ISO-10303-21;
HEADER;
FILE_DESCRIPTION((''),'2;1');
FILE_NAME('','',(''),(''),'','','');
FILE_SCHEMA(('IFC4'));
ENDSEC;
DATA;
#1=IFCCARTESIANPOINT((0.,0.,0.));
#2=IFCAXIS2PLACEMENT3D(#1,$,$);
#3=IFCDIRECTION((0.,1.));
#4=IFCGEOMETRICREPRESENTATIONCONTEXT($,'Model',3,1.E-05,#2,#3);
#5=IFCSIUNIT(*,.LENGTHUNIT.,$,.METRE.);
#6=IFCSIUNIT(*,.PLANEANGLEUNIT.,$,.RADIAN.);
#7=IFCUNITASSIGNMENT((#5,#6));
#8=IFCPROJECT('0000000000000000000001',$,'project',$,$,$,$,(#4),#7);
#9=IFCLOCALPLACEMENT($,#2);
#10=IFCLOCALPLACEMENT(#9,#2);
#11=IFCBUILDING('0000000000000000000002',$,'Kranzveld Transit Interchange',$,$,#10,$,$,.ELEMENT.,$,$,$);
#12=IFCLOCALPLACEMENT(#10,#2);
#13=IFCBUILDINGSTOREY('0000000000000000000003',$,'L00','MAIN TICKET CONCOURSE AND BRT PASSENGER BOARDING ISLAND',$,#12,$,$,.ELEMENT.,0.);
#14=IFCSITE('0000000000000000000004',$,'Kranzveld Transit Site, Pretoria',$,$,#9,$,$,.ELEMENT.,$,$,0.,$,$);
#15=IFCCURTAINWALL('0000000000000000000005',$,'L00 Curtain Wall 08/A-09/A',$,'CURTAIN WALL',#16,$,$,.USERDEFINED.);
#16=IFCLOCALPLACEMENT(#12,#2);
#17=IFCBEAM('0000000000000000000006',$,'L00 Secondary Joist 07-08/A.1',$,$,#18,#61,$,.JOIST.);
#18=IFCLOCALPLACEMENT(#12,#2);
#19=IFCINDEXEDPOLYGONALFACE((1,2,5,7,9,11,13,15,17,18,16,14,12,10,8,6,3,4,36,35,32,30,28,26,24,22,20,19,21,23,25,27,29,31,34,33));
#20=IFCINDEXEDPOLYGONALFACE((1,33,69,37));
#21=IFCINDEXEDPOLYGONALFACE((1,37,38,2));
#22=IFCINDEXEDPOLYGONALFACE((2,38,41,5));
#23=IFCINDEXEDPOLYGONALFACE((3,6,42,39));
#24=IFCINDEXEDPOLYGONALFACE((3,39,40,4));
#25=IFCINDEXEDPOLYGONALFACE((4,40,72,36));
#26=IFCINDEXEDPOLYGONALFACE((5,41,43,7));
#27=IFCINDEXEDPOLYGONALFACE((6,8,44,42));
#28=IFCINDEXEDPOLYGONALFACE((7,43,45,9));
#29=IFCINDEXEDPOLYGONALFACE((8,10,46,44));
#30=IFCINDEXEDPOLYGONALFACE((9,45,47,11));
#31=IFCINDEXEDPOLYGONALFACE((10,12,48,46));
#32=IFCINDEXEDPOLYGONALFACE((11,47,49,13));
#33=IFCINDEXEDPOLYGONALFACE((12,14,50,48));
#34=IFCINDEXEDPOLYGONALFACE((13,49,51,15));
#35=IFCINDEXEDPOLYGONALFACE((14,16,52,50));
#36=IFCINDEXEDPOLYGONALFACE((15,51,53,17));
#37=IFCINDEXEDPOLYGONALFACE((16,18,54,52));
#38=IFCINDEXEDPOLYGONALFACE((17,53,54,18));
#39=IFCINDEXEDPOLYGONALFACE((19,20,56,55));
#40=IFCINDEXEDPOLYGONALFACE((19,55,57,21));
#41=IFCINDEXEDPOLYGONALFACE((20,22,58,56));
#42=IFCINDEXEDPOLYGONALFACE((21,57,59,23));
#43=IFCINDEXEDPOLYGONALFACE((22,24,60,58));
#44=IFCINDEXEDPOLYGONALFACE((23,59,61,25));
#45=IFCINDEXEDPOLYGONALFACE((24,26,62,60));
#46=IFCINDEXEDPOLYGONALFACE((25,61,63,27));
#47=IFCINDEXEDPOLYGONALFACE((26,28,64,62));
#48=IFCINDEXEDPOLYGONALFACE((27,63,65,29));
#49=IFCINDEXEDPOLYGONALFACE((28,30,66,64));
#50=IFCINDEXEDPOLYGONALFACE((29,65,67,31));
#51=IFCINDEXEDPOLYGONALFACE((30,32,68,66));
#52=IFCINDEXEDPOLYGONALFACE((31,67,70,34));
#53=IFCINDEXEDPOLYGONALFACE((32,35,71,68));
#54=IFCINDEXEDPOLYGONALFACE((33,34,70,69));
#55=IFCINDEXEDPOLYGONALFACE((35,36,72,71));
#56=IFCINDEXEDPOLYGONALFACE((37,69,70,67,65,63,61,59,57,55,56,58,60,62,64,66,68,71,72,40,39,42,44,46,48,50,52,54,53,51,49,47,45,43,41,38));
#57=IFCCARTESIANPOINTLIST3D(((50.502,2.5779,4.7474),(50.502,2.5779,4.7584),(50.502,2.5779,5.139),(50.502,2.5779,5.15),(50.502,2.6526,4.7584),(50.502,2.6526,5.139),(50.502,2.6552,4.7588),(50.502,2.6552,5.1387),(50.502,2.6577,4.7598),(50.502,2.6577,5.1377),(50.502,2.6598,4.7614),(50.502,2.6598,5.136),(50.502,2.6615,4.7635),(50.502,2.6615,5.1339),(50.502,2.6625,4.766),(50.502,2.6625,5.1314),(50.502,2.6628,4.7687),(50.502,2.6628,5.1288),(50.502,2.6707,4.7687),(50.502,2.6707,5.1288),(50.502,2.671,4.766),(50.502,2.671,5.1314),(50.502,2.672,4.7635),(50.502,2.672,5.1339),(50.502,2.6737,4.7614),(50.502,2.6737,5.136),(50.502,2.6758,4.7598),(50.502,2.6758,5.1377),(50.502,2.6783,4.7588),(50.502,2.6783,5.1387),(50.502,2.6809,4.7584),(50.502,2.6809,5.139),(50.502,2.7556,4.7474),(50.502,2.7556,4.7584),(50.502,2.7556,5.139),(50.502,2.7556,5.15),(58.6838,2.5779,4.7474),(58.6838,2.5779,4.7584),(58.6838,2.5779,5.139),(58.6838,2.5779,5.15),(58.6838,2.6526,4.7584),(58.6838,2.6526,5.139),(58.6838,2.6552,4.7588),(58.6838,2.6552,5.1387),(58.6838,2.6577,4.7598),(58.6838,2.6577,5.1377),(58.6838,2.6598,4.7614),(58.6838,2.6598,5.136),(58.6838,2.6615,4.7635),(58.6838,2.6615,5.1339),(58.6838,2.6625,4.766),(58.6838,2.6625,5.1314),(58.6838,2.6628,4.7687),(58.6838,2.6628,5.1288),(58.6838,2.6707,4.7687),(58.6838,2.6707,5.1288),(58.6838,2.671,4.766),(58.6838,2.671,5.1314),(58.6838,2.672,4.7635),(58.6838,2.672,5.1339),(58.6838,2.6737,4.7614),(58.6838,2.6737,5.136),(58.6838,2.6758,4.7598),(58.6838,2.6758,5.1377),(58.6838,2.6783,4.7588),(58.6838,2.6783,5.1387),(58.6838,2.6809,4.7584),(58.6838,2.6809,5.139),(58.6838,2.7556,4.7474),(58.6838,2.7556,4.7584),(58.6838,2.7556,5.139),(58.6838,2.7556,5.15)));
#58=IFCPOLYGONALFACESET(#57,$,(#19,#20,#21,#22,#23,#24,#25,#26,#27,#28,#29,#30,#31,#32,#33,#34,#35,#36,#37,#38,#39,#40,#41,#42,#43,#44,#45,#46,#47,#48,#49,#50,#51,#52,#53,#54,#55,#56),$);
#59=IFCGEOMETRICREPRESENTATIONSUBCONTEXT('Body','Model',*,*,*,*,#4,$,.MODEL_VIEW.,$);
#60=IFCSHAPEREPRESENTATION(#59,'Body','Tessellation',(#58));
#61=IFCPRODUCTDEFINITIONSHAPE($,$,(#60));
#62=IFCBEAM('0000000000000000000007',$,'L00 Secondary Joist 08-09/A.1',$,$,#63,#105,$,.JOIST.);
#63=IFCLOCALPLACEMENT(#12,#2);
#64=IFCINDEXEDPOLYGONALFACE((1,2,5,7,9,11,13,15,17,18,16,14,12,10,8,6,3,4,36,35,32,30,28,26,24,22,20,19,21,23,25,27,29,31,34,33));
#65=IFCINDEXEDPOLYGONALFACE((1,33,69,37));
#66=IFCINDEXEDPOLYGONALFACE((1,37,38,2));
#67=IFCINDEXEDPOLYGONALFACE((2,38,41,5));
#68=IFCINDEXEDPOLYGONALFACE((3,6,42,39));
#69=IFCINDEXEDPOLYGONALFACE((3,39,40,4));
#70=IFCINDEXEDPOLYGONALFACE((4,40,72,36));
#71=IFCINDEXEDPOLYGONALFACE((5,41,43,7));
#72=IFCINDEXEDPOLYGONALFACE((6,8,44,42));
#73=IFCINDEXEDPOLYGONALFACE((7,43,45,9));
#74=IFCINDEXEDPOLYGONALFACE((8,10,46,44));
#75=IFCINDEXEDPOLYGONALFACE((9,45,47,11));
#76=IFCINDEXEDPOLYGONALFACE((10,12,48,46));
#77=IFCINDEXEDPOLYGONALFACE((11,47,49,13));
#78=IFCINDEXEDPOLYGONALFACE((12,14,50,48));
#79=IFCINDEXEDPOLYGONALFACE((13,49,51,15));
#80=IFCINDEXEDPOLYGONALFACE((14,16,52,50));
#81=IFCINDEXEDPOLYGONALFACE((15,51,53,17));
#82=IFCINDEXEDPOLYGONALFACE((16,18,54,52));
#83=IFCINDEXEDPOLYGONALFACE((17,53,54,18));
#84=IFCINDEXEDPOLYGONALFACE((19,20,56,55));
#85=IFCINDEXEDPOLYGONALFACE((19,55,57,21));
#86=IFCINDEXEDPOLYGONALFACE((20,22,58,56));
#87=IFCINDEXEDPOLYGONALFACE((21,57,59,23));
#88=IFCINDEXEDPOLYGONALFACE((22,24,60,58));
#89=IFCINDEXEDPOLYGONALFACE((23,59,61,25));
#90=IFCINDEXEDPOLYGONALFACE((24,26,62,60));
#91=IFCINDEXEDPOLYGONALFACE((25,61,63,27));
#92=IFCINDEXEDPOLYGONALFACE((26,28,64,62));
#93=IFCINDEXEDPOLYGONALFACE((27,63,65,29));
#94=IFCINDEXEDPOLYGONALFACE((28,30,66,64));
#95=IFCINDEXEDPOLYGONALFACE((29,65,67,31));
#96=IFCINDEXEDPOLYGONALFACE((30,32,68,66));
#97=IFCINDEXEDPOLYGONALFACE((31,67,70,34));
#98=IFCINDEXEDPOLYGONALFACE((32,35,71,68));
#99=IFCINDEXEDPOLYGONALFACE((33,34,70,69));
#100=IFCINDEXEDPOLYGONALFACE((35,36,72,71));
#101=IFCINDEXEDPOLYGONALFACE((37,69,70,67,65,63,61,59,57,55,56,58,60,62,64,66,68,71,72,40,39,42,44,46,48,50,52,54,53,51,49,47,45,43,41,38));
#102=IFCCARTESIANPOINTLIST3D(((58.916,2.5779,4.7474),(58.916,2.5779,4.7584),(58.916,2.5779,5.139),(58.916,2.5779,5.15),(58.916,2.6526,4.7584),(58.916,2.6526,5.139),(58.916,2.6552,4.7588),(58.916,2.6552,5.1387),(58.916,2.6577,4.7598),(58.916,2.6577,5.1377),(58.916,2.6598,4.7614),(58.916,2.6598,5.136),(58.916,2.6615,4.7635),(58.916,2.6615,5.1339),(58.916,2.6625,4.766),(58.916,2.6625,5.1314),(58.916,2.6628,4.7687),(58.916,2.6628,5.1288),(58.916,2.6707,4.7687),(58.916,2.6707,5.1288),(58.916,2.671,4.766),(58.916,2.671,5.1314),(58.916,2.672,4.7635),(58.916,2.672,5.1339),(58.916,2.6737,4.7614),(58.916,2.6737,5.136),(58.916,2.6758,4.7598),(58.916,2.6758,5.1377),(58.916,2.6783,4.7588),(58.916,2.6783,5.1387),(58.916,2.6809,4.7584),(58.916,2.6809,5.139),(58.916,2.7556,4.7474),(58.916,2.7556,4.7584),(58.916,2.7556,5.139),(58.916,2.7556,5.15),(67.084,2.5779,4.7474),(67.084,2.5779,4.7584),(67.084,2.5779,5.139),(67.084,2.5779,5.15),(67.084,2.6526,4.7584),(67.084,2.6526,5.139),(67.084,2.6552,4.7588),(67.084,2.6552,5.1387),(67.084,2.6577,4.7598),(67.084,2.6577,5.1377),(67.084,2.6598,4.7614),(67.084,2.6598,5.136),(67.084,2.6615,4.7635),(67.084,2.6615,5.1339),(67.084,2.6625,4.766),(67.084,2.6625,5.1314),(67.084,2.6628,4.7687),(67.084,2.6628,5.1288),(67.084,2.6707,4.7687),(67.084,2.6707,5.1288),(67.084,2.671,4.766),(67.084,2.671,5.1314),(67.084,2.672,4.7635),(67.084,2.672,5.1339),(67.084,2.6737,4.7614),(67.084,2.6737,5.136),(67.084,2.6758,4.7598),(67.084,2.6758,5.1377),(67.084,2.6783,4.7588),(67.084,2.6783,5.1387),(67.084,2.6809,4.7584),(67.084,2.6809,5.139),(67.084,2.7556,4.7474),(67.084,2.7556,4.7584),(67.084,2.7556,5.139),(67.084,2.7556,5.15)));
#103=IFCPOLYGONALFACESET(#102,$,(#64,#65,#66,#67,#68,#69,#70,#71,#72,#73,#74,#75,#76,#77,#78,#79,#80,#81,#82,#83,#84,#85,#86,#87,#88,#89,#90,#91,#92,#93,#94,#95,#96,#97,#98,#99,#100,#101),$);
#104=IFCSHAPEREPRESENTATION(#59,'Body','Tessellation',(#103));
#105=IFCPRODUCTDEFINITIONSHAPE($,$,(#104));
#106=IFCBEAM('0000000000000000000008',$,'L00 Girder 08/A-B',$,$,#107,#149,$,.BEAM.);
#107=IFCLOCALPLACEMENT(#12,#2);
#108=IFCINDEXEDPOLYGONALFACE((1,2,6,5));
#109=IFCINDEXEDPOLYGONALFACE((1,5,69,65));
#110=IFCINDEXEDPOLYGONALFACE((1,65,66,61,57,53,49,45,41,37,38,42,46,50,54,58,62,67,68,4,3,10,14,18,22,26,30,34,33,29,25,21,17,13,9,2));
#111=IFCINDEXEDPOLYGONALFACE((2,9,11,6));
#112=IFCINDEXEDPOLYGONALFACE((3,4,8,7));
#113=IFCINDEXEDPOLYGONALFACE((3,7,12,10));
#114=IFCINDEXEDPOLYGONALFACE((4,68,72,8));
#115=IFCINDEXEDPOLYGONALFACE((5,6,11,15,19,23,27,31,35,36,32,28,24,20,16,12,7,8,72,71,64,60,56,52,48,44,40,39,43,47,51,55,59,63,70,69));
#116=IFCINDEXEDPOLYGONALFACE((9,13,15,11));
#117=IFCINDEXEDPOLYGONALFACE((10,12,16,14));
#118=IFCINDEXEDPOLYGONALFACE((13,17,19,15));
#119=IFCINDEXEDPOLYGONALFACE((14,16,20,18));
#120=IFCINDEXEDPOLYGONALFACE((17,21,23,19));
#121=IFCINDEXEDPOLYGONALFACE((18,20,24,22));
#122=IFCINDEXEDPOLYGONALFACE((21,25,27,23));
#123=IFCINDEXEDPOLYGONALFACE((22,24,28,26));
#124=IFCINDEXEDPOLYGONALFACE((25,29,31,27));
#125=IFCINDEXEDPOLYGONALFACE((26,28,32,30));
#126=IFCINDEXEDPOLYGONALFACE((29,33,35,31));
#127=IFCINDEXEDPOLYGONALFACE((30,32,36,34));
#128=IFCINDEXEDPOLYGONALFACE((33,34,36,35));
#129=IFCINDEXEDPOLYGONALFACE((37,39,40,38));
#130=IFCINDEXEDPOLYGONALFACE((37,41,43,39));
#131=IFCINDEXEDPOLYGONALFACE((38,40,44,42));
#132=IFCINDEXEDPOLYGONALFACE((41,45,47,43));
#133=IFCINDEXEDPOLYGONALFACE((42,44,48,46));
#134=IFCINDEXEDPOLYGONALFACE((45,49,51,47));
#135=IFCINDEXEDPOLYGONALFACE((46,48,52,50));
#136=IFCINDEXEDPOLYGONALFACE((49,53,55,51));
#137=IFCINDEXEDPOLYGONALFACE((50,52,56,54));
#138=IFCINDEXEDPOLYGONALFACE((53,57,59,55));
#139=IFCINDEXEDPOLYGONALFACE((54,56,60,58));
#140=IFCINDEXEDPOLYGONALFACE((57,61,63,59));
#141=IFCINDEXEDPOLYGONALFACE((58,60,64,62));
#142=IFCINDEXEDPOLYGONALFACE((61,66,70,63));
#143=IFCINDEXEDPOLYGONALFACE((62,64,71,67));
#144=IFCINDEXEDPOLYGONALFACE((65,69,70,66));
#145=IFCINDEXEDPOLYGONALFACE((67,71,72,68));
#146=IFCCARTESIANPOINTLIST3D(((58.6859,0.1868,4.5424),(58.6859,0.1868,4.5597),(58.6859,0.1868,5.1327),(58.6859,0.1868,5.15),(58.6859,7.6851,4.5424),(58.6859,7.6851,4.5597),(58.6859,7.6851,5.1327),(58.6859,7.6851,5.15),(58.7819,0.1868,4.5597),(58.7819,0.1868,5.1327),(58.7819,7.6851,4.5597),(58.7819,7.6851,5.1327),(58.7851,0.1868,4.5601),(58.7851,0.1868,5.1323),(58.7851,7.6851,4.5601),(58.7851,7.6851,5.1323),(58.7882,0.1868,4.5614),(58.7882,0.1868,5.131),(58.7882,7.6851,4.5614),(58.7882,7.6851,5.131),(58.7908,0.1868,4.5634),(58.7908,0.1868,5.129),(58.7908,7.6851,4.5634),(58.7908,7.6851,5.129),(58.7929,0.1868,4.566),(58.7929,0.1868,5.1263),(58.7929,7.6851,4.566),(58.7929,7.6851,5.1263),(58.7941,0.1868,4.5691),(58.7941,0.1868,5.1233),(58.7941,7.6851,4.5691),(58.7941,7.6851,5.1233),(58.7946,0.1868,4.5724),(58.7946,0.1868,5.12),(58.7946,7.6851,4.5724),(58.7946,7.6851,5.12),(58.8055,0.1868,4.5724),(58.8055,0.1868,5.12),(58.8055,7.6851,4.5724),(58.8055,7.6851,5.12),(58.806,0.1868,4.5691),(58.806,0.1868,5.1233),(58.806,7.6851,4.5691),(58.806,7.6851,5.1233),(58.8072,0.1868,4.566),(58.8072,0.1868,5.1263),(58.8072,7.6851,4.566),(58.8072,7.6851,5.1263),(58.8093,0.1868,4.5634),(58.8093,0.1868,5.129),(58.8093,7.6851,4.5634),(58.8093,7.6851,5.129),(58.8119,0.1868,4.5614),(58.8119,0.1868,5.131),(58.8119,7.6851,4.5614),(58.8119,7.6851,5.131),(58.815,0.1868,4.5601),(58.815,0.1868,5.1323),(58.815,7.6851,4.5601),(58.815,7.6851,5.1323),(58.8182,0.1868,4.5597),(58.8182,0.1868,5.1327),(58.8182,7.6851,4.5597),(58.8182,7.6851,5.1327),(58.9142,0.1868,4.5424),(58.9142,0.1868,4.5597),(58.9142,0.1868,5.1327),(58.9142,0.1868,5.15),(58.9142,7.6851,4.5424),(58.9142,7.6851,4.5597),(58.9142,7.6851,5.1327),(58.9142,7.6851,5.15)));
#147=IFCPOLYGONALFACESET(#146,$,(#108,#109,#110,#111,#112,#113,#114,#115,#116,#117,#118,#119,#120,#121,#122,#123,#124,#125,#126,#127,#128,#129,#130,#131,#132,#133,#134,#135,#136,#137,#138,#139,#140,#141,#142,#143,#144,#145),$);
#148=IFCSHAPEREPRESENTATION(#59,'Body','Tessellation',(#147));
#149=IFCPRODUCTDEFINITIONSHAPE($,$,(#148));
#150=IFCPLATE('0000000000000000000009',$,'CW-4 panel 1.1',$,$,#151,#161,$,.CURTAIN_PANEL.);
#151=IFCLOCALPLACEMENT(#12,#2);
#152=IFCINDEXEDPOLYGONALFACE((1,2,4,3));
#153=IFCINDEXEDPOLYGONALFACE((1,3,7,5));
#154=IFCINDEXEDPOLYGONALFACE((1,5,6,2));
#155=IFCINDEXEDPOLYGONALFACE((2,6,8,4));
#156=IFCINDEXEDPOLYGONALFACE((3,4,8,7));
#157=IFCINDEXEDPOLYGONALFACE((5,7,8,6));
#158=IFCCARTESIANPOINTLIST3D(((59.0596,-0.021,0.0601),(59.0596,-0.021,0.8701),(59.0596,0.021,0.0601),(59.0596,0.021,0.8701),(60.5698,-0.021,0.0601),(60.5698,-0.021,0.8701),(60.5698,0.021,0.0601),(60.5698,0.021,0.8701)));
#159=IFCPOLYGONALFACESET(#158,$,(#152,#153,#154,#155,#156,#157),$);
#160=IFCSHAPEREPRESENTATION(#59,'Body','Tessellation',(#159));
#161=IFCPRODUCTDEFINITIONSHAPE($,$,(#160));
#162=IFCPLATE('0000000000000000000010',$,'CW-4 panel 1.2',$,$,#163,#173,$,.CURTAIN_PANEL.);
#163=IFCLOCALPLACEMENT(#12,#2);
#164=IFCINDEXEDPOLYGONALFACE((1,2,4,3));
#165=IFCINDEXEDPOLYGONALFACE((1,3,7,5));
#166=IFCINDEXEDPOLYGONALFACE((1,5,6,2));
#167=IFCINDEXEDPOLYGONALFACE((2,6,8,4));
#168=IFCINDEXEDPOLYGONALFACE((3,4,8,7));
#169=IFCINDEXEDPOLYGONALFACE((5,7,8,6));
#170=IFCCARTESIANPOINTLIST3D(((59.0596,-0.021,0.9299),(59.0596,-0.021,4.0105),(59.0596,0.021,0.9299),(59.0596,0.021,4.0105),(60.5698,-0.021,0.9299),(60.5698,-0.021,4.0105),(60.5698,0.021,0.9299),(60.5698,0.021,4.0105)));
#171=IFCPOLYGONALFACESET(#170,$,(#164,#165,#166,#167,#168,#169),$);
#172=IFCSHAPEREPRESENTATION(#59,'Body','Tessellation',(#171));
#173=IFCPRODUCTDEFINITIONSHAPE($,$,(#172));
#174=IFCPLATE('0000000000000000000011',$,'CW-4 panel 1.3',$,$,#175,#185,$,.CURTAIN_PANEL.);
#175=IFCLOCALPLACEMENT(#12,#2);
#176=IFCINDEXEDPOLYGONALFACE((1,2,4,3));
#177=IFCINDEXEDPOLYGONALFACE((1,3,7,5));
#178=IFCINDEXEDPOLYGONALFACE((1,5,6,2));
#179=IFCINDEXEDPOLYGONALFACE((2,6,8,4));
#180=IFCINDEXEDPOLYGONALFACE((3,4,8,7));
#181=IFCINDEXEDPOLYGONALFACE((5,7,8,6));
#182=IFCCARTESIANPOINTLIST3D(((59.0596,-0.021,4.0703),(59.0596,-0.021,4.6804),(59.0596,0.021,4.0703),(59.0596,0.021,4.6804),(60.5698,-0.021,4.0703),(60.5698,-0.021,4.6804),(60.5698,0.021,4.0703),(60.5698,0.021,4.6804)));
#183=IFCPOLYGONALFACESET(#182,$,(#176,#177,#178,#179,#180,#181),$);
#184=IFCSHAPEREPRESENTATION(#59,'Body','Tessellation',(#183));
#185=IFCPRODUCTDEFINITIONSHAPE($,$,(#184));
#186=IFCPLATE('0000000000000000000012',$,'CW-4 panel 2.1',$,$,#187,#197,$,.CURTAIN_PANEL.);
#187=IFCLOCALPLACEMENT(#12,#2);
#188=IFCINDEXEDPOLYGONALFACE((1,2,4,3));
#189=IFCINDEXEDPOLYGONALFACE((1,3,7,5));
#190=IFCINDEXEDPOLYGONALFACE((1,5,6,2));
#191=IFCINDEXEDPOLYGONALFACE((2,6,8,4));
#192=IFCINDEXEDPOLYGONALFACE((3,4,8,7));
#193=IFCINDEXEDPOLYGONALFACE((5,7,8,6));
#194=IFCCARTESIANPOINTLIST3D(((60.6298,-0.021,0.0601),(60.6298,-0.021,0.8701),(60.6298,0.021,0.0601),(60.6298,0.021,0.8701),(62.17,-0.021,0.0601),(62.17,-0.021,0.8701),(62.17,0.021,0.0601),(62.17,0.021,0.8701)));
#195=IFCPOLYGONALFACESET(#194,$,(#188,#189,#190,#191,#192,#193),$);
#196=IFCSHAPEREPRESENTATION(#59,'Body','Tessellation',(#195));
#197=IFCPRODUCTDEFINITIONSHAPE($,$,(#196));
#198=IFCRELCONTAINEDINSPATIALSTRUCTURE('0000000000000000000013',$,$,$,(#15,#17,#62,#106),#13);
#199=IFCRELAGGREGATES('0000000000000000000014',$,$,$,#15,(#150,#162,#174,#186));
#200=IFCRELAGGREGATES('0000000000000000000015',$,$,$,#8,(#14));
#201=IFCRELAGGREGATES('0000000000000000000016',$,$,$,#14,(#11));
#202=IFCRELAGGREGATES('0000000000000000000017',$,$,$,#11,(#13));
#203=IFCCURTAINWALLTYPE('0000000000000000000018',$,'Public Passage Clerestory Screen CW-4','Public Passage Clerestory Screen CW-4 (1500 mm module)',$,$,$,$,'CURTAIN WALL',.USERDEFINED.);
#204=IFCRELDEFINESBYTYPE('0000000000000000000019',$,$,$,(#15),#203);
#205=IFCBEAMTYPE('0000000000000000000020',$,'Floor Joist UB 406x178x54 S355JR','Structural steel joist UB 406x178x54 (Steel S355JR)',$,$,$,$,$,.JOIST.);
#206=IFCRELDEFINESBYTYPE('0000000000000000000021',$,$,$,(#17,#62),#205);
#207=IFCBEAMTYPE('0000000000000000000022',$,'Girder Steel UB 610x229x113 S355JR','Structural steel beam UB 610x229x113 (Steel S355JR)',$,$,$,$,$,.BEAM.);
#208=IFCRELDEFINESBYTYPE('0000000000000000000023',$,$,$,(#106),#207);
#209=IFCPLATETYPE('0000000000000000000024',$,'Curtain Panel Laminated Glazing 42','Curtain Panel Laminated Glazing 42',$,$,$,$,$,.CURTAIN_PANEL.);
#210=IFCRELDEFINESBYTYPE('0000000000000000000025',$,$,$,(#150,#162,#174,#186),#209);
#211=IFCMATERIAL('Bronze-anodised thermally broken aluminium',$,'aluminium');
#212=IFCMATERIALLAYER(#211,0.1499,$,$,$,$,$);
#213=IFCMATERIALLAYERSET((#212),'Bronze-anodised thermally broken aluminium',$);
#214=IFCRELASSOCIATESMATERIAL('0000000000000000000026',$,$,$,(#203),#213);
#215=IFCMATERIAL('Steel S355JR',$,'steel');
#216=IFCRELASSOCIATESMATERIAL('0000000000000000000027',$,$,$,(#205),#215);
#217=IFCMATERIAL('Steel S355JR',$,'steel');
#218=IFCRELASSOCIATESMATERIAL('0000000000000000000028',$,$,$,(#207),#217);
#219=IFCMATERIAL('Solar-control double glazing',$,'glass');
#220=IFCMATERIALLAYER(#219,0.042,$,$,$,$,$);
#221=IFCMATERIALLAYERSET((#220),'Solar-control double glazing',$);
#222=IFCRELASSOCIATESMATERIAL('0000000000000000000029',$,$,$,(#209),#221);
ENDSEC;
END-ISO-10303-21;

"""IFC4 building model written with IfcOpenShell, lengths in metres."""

from ifc_helpers import new_model, si_unit, direction, frame, origin, origin_2d, place, context, subcontext, project, spatial, rectangle, i_section, extrude, material, layer, layer_set, material_profile, profile_set, type_object, element, aggregate, save


model = new_model("IFC4")

# Units and contexts
model_context = context("Model", 3, precision=1e-05, world=origin(), true_north=direction((0.0, 1.0)))
body_context = subcontext(model_context, "Body", "Model", "MODEL_VIEW")
ifc_project = project(units=[si_unit("LENGTHUNIT", "METRE"), si_unit("PLANEANGLEUNIT", "RADIAN")], contexts=[model_context])

# Site, building, storey
site_placement = place(None, origin())
site = spatial("IfcSite", under=ifc_project, at=site_placement, Name="Kranzveld Transit Site, Pretoria", CompositionType="ELEMENT", RefElevation=0.0)
building_placement = place(site_placement, origin())
building = spatial("IfcBuilding", under=site, at=building_placement, Name="Kranzveld Transit Interchange", CompositionType="ELEMENT")
storey_placement = place(building_placement, origin())
storey = spatial("IfcBuildingStorey", under=building, at=storey_placement, Name="L00", Description="MAIN TICKET CONCOURSE AND BRT PASSENGER BOARDING ISLAND", CompositionType="ELEMENT", Elevation=0.0)

# Curtain wall
ifc_material_1 = material(Name="Bronze-anodised thermally broken aluminium", Category="aluminium")
ifc_layer_1 = layer(ifc_material_1, 0.1499)
ifc_layer_set_1 = layer_set([ifc_layer_1], Name="Bronze-anodised thermally broken aluminium")
curtain_wall_type = type_object("IfcCurtainWallType", Name="Public Passage Clerestory Screen CW-4", Description="Public Passage Clerestory Screen CW-4 (1500 mm module)", ElementType="CURTAIN WALL", PredefinedType="USERDEFINED", material=ifc_layer_set_1)
curtain_wall_placement = place(storey_placement, origin())
curtain_wall = element("IfcCurtainWall", 1, at=curtain_wall_placement, inside=storey, type_object=curtain_wall_type, Name="L00 Curtain Wall 08/A-09/A", ObjectType="CURTAIN WALL", PredefinedType="USERDEFINED")

# Beams
ifc_material_2 = material(Name="Steel S355JR", Category="steel")
ifc_material_profile_1 = material_profile(ifc_material_2, i_section(OverallWidth=0.1777, OverallDepth=0.4026, WebThickness=0.0078, FlangeThickness=0.011, FilletRadius=0.0103, at=origin_2d()), Name="UB 406x178x54")
ifc_profile_set_1 = profile_set([ifc_material_profile_1], Name="Steel S355JR")
beam_type_1 = type_object("IfcBeamType", Name="Floor Joist UB 406x178x54 S355JR", Description="Structural steel joist UB 406x178x54 (Steel S355JR)", PredefinedType="JOIST", material=ifc_profile_set_1)
beam_1_placement = place(storey_placement, frame((50.502, 2.6667, 4.9487), z_axis=(1.0, 0.0, 0.0), x_axis=(0.0, 1.0, 0.0)))
element("IfcBeam", 2, at=beam_1_placement, inside=storey, type_object=beam_type_1, Name="L00 Secondary Joist 07-08/A.1", PredefinedType="JOIST", context=body_context, shape_type="SweptSolid", body=[
    extrude(i_section(OverallWidth=0.1777, OverallDepth=0.4026, WebThickness=0.0078, FlangeThickness=0.011, FilletRadius=0.0103, at=origin_2d()), origin(), (0.0, 0.0, 1.0), 8.1819),
])
beam_2_placement = place(storey_placement, frame((58.916, 2.6667, 4.9487), z_axis=(1.0, 0.0, 0.0), x_axis=(0.0, 1.0, 0.0)))
element("IfcBeam", 3, at=beam_2_placement, inside=storey, type_object=beam_type_1, Name="L00 Secondary Joist 08-09/A.1", PredefinedType="JOIST", context=body_context, shape_type="SweptSolid", body=[
    extrude(i_section(OverallWidth=0.1777, OverallDepth=0.4026, WebThickness=0.0078, FlangeThickness=0.011, FilletRadius=0.0103, at=origin_2d()), origin(), (0.0, 0.0, 1.0), 8.168),
])
ifc_material_3 = material(Name="Steel S355JR", Category="steel")
ifc_material_profile_2 = material_profile(ifc_material_3, i_section(OverallWidth=0.2283, OverallDepth=0.6077, WebThickness=0.011, FlangeThickness=0.0173, FilletRadius=0.0127, at=origin_2d()), Name="UB 610x229x113")
ifc_profile_set_2 = profile_set([ifc_material_profile_2], Name="Steel S355JR")
beam_type_2 = type_object("IfcBeamType", Name="Girder Steel UB 610x229x113 S355JR", Description="Structural steel beam UB 610x229x113 (Steel S355JR)", PredefinedType="BEAM", material=ifc_profile_set_2)
beam_3_placement = place(storey_placement, frame((58.8, 0.1868, 4.8462), z_axis=(0.0, 1.0, 0.0), x_axis=(-1.0, 0.0, 0.0)))
element("IfcBeam", 4, at=beam_3_placement, inside=storey, type_object=beam_type_2, Name="L00 Girder 08/A-B", PredefinedType="BEAM", context=body_context, shape_type="SweptSolid", body=[
    extrude(i_section(OverallWidth=0.2283, OverallDepth=0.6077, WebThickness=0.011, FlangeThickness=0.0173, FilletRadius=0.0127, at=origin_2d()), origin(), (0.0, 0.0, 1.0), 7.4983),
])

# Plates
ifc_material_4 = material(Name="Solar-control double glazing", Category="glass")
ifc_layer_2 = layer(ifc_material_4, 0.042)
ifc_layer_set_2 = layer_set([ifc_layer_2], Name="Solar-control double glazing")
plate_type = type_object("IfcPlateType", Name="Curtain Panel Laminated Glazing 42", Description="Curtain Panel Laminated Glazing 42", PredefinedType="CURTAIN_PANEL", material=ifc_layer_set_2)
plate_1_placement = place(storey_placement, frame((59.8147, 0.0, 0.0601), z_axis=(0.0, 0.0, 1.0), x_axis=(1.0, 0.0, 0.0)))
plate_1 = element("IfcPlate", 5, at=plate_1_placement, type_object=plate_type, Name="CW-4 panel 1.1", PredefinedType="CURTAIN_PANEL", context=body_context, shape_type="SweptSolid", body=[
    extrude(rectangle(XDim=1.5103, YDim=0.042, at=origin_2d()), origin(), (0.0, 0.0, 1.0), 0.8101),
])
plate_2_placement = place(storey_placement, frame((59.8147, 0.0, 0.9299), z_axis=(0.0, 0.0, 1.0), x_axis=(1.0, 0.0, 0.0)))
plate_2 = element("IfcPlate", 6, at=plate_2_placement, type_object=plate_type, Name="CW-4 panel 1.2", PredefinedType="CURTAIN_PANEL", context=body_context, shape_type="SweptSolid", body=[
    extrude(rectangle(XDim=1.5103, YDim=0.042, at=origin_2d()), origin(), (0.0, 0.0, 1.0), 3.0806),
])
plate_3_placement = place(storey_placement, frame((59.8147, 0.0, 4.0703), z_axis=(0.0, 0.0, 1.0), x_axis=(1.0, 0.0, 0.0)))
plate_3 = element("IfcPlate", 7, at=plate_3_placement, type_object=plate_type, Name="CW-4 panel 1.3", PredefinedType="CURTAIN_PANEL", context=body_context, shape_type="SweptSolid", body=[
    extrude(rectangle(XDim=1.5103, YDim=0.042, at=origin_2d()), origin(), (0.0, 0.0, 1.0), 0.6101),
])
plate_4_placement = place(storey_placement, frame((61.3999, 0.0, 0.0601), z_axis=(0.0, 0.0, 1.0), x_axis=(1.0, 0.0, 0.0)))
plate_4 = element("IfcPlate", 8, at=plate_4_placement, type_object=plate_type, Name="CW-4 panel 2.1", PredefinedType="CURTAIN_PANEL", context=body_context, shape_type="SweptSolid", body=[
    extrude(rectangle(XDim=1.5403, YDim=0.042, at=origin_2d()), origin(), (0.0, 0.0, 1.0), 0.8101),
])
aggregate(curtain_wall, [plate_1, plate_2, plate_3, plate_4])

save(model, "model.ifc")
